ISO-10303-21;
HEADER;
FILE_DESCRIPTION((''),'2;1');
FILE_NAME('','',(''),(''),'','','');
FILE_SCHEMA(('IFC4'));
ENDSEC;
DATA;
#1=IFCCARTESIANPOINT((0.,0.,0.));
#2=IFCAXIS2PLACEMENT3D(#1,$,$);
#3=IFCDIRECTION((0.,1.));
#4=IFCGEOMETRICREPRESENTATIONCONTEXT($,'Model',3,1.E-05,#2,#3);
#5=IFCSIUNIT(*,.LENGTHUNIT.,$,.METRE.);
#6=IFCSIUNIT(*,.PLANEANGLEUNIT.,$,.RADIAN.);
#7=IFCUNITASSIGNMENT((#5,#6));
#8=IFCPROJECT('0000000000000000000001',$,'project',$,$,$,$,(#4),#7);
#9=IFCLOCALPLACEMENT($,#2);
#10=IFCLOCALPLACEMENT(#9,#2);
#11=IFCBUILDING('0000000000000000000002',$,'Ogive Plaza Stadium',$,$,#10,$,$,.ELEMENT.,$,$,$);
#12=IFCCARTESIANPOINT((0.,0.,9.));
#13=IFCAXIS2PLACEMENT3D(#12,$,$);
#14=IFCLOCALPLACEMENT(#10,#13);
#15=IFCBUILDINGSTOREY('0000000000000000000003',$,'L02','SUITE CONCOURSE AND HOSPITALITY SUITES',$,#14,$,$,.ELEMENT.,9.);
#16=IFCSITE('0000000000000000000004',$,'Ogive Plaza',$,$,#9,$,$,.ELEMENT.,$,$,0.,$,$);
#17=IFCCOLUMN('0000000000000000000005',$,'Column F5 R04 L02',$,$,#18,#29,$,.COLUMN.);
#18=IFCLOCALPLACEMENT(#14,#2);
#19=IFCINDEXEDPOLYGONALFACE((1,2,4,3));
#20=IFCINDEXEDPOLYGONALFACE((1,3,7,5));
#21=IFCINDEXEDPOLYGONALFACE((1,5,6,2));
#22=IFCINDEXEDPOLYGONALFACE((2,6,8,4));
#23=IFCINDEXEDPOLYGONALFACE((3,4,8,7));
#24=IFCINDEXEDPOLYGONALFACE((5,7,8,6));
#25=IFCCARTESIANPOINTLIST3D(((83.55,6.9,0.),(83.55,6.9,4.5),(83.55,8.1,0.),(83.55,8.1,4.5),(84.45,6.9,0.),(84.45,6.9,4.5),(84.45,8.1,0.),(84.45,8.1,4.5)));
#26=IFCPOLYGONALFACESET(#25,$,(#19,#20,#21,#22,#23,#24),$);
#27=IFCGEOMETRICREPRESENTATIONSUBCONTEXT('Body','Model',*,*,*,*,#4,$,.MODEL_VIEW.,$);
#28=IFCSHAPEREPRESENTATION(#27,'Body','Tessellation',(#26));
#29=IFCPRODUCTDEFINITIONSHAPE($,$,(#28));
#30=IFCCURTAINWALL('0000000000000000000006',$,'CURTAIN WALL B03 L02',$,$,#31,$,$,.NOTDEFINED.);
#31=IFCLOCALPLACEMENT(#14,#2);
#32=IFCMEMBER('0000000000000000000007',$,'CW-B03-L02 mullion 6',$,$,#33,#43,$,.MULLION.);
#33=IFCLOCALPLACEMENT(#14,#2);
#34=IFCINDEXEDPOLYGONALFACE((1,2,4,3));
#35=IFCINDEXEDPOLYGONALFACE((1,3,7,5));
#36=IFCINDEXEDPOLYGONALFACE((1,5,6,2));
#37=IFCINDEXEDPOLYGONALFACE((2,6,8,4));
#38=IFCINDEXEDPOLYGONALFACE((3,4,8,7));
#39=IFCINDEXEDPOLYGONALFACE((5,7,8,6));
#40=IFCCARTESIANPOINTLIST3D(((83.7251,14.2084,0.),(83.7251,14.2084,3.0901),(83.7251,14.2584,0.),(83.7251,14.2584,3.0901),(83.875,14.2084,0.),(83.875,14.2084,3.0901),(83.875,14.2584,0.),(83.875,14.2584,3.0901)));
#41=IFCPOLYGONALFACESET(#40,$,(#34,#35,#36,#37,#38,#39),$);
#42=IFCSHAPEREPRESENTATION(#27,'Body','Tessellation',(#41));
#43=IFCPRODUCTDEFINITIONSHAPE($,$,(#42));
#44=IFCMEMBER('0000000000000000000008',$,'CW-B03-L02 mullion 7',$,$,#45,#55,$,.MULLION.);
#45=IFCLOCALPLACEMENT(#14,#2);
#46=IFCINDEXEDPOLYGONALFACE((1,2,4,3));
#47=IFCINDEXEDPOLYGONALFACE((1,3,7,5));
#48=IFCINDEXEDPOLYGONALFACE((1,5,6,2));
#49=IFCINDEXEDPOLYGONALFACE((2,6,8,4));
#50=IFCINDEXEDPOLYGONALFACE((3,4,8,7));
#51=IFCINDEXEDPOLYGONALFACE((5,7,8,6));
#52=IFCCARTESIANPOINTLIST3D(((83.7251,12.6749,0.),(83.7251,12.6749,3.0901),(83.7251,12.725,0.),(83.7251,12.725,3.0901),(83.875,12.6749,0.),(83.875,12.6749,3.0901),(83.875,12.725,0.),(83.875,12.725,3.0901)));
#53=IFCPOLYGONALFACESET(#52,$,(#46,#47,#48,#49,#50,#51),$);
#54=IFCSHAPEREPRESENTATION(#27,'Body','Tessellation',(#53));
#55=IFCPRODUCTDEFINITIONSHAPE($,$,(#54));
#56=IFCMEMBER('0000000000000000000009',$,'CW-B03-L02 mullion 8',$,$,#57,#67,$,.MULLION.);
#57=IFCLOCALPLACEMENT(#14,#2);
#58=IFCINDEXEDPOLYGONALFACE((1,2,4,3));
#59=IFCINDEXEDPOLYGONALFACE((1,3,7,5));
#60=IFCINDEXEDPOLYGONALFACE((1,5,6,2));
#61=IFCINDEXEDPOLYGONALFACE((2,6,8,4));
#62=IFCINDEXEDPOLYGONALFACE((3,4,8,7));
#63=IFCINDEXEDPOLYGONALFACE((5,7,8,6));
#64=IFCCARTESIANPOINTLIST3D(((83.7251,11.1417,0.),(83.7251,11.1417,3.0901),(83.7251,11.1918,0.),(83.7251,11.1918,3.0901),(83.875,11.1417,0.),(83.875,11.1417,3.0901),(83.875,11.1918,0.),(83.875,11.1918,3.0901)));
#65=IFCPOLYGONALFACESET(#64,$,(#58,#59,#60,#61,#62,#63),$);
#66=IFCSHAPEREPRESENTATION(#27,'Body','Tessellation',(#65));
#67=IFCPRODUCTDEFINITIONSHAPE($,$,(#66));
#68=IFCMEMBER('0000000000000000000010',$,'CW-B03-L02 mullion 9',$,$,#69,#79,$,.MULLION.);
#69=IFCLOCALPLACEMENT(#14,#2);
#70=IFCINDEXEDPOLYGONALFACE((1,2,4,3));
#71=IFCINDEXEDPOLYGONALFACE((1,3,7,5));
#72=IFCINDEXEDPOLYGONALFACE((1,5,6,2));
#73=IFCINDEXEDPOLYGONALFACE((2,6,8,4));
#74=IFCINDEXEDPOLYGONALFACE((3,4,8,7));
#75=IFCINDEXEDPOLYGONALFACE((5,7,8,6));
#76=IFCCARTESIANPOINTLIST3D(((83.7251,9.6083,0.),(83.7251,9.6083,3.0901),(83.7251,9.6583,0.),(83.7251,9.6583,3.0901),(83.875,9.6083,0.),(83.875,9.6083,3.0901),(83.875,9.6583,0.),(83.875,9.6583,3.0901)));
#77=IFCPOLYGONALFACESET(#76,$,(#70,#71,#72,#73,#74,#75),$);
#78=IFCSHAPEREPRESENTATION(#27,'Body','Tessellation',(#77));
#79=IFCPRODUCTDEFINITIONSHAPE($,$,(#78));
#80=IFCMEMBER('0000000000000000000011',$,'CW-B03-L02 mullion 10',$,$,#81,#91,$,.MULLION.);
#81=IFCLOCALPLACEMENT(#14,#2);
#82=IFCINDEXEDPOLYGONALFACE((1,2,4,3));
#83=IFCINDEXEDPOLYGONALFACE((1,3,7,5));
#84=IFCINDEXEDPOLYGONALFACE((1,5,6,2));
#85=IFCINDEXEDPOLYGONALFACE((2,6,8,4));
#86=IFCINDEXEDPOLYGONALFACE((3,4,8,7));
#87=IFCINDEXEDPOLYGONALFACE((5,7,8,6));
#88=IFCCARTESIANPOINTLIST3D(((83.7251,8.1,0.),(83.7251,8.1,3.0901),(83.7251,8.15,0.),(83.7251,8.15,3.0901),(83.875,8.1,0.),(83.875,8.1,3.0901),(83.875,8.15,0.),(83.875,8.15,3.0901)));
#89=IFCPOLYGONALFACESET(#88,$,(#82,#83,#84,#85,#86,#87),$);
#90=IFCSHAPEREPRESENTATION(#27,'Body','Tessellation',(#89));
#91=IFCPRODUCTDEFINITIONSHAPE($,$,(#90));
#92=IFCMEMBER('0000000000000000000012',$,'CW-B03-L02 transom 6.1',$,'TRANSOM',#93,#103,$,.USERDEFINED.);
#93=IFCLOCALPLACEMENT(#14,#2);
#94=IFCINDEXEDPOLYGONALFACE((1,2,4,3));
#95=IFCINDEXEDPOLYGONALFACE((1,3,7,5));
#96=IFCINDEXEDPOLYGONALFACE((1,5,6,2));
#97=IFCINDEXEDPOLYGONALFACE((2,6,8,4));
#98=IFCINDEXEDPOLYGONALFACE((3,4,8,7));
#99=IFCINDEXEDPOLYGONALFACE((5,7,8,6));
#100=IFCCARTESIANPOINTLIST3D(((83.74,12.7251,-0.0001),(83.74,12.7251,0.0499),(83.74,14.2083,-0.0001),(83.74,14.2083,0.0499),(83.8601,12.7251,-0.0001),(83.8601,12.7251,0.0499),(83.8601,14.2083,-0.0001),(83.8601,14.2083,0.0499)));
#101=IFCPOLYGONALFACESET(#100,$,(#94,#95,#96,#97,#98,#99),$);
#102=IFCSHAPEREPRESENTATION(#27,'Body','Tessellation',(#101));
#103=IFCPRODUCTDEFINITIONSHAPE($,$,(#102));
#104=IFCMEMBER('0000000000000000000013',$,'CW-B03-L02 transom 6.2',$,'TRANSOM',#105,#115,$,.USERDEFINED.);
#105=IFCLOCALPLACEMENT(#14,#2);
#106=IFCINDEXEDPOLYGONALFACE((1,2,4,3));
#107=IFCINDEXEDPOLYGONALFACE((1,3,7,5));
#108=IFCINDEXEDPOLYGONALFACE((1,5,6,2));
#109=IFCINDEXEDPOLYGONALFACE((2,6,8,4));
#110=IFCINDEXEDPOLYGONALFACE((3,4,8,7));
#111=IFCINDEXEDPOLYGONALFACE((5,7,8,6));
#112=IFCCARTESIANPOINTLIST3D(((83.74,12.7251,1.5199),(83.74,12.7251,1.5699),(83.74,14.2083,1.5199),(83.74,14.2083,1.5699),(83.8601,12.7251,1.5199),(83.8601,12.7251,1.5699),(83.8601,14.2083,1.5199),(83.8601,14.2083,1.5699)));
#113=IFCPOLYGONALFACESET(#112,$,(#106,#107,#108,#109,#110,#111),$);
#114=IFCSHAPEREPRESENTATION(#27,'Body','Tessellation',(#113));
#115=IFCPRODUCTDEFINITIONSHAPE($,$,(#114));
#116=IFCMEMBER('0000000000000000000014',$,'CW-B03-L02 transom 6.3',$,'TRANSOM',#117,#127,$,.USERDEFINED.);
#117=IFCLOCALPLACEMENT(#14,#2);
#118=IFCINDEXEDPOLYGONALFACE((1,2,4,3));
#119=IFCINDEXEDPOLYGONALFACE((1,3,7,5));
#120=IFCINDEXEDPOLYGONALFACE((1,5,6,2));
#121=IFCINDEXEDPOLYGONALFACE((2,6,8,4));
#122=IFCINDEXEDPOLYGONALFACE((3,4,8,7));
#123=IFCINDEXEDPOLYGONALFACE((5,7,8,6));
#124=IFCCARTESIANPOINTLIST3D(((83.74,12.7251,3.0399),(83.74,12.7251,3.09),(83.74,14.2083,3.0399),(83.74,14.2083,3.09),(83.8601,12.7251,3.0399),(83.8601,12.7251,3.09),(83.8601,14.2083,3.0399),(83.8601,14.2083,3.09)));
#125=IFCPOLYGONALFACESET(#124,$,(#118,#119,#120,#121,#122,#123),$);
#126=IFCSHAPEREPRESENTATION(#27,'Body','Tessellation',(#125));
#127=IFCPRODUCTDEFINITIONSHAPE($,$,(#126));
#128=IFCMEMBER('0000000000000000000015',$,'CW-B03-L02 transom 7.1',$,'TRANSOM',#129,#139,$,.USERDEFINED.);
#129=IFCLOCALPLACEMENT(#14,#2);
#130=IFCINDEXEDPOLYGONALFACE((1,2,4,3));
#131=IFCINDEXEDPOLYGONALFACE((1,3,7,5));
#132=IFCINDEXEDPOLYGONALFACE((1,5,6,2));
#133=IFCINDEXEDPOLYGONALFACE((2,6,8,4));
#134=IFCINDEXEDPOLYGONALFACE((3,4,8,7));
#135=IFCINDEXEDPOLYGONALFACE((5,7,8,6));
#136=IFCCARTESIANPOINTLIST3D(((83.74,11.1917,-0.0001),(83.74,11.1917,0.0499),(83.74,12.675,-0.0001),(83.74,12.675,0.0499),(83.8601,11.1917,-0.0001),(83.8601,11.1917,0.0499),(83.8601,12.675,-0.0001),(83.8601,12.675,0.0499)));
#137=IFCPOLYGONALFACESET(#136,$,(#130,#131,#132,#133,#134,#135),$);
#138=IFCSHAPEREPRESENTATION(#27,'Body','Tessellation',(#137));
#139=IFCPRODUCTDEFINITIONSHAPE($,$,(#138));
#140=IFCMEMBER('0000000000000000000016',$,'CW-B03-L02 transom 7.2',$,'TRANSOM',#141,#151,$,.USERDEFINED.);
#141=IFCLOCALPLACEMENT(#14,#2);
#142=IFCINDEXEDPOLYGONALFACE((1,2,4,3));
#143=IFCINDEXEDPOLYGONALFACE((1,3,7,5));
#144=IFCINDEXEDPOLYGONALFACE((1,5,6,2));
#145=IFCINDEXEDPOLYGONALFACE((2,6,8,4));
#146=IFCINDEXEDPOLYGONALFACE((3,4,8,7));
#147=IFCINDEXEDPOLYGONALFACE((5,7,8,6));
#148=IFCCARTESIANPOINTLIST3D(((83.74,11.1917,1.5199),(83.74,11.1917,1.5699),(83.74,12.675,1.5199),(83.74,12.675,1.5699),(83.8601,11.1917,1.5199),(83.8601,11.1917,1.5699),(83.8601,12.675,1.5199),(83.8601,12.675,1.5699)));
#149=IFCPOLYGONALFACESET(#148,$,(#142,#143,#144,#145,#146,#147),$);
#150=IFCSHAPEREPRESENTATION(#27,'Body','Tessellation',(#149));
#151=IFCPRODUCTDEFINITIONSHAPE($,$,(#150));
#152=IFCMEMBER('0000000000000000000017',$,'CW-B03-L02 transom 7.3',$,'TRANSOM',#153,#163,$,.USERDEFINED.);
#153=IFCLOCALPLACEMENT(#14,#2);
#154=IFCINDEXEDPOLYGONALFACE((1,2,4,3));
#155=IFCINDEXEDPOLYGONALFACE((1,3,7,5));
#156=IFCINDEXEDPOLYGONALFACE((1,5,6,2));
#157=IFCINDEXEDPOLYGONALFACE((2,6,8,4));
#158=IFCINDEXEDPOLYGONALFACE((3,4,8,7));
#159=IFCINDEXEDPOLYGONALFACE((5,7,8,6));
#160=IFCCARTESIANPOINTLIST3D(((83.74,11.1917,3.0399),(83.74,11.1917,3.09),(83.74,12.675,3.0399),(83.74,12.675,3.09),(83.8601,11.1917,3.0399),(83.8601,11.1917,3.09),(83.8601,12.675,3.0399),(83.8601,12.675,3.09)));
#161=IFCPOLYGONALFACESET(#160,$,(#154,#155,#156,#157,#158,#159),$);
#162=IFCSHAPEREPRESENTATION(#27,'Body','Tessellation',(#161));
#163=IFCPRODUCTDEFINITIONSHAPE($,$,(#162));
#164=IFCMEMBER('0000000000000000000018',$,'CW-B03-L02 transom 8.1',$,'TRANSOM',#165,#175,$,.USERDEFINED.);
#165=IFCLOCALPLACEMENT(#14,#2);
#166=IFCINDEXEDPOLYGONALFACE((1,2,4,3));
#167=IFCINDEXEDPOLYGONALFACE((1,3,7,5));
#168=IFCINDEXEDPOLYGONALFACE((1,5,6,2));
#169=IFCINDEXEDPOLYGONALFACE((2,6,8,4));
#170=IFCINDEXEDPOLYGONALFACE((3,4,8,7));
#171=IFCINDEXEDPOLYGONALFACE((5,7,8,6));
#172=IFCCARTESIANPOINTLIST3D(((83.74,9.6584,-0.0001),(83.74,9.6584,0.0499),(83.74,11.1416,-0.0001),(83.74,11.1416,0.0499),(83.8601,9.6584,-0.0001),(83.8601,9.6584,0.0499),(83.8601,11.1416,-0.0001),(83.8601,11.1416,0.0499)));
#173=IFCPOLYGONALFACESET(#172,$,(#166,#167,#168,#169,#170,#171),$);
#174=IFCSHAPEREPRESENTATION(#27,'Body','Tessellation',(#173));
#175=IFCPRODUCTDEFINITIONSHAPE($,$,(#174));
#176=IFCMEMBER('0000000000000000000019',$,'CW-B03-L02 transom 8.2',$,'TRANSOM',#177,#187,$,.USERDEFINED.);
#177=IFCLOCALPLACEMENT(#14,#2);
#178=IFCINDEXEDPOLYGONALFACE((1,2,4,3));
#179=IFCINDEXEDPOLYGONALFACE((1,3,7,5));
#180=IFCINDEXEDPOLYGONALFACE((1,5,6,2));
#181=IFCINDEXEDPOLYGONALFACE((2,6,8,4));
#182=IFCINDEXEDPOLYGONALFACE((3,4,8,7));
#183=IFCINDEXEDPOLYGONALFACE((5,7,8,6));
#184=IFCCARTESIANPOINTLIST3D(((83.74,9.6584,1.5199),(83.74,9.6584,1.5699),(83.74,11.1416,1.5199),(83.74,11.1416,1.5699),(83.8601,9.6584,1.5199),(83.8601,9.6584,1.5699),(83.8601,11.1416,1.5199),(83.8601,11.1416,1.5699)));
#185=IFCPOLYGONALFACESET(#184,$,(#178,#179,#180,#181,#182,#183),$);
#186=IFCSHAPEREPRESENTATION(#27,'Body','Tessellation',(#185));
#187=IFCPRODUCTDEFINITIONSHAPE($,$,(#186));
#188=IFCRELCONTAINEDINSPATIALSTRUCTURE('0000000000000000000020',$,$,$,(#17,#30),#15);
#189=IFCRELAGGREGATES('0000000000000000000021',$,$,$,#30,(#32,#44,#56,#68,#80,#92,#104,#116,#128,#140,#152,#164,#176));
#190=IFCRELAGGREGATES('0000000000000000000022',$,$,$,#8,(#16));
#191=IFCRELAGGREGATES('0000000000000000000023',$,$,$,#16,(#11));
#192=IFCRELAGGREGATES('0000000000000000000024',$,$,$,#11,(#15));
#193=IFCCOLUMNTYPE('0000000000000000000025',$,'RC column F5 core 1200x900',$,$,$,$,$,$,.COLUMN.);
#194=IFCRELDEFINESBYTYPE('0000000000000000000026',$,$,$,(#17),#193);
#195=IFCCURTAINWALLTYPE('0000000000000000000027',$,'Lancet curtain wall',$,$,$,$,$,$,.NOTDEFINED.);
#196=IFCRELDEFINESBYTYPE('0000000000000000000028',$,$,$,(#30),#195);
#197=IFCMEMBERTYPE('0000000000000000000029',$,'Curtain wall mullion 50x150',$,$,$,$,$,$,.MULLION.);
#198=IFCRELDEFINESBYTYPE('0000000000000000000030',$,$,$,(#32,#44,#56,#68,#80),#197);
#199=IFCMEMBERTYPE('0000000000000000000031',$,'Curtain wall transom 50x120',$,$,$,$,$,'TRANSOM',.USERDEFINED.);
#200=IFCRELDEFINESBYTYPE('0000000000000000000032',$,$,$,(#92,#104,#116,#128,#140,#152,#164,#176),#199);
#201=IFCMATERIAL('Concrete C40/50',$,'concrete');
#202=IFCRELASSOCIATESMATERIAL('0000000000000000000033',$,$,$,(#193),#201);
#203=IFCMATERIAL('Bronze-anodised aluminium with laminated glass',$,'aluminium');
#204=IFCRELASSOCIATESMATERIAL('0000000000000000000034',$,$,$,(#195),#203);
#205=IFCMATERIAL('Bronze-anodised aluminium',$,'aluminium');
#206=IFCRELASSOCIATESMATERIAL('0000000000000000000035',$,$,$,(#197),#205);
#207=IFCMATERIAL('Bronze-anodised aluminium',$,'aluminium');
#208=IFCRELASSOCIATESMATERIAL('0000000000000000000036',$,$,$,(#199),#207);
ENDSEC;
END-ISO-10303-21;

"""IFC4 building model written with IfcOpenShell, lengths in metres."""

from ifc_helpers import new_model, si_unit, direction, frame, origin, origin_2d, place, context, subcontext, project, spatial, rectangle, extrude, material, material_profile, profile_set, type_object, element, aggregate, save


model = new_model("IFC4")

# Units and contexts
model_context = context("Model", 3, precision=1e-05, world=origin(), true_north=direction((0.0, 1.0)))
body_context = subcontext(model_context, "Body", "Model", "MODEL_VIEW")
ifc_project = project(units=[si_unit("LENGTHUNIT", "METRE"), si_unit("PLANEANGLEUNIT", "RADIAN")], contexts=[model_context])

# Site, building, storey
site_placement = place(None, origin())
site = spatial("IfcSite", under=ifc_project, at=site_placement, Name="Ogive Plaza", CompositionType="ELEMENT", RefElevation=0.0)
building_placement = place(site_placement, origin())
building = spatial("IfcBuilding", under=site, at=building_placement, Name="Ogive Plaza Stadium", CompositionType="ELEMENT")
storey_placement = place(building_placement, frame((0.0, 0.0, 9.0)))
storey = spatial("IfcBuildingStorey", under=building, at=storey_placement, Name="L02", Description="SUITE CONCOURSE AND HOSPITALITY SUITES", CompositionType="ELEMENT", Elevation=9.0)

# Column
ifc_material_1 = material(Name="Concrete C40/50", Category="concrete")
ifc_material_profile_1 = material_profile(ifc_material_1, rectangle(XDim=1.2, YDim=0.8999, at=origin_2d()), Name="RC 1200x900")
ifc_profile_set_1 = profile_set([ifc_material_profile_1], Name="Concrete C40/50")
column_type = type_object("IfcColumnType", Name="RC column F5 core 1200x900", PredefinedType="COLUMN", material=ifc_profile_set_1)
column_placement = place(storey_placement, frame((84.0, 7.5, 0.0), z_axis=(0.0, 0.0, 1.0), x_axis=(0.0, 1.0, 0.0)))
element("IfcColumn", 1, at=column_placement, inside=storey, type_object=column_type, Name="Column F5 R04 L02", PredefinedType="COLUMN", context=body_context, shape_type="SweptSolid", body=[
    extrude(rectangle(XDim=1.2, YDim=0.8999, at=origin_2d()), origin(), (0.0, 0.0, 1.0), 4.5),
])

# Curtain wall, members
ifc_material_2 = material(Name="Bronze-anodised aluminium with laminated glass", Category="aluminium")
curtain_wall_type = type_object("IfcCurtainWallType", Name="Lancet curtain wall", PredefinedType="NOTDEFINED", material=ifc_material_2)
curtain_wall_placement = place(storey_placement, origin())
curtain_wall = element("IfcCurtainWall", 2, at=curtain_wall_placement, inside=storey, type_object=curtain_wall_type, Name="CURTAIN WALL B03 L02", PredefinedType="NOTDEFINED")
ifc_material_3 = material(Name="Bronze-anodised aluminium", Category="aluminium")
ifc_material_profile_2 = material_profile(ifc_material_3, rectangle(XDim=0.1499, YDim=0.05, at=origin_2d()), Name="AL 150x50")
ifc_profile_set_2 = profile_set([ifc_material_profile_2], Name="Bronze-anodised aluminium")
member_type_1 = type_object("IfcMemberType", Name="Curtain wall mullion 50x150", PredefinedType="MULLION", material=ifc_profile_set_2)
member_1_placement = place(storey_placement, frame((83.8, 14.2334, 0.0), z_axis=(0.0, 0.0, 1.0), x_axis=(1.0, 0.0, 0.0)))
member_1 = element("IfcMember", 3, at=member_1_placement, type_object=member_type_1, Name="CW-B03-L02 mullion 6", PredefinedType="MULLION", context=body_context, shape_type="SweptSolid", body=[
    extrude(rectangle(XDim=0.1499, YDim=0.05, at=origin_2d()), origin(), (0.0, 0.0, 1.0), 3.0901),
])
member_2_placement = place(storey_placement, frame((83.8, 12.7, 0.0), z_axis=(0.0, 0.0, 1.0), x_axis=(1.0, 0.0, 0.0)))
member_2 = element("IfcMember", 4, at=member_2_placement, type_object=member_type_1, Name="CW-B03-L02 mullion 7", PredefinedType="MULLION", context=body_context, shape_type="SweptSolid", body=[
    extrude(rectangle(XDim=0.1499, YDim=0.05, at=origin_2d()), origin(), (0.0, 0.0, 1.0), 3.0901),
])
member_3_placement = place(storey_placement, frame((83.8, 11.1667, 0.0), z_axis=(0.0, 0.0, 1.0), x_axis=(1.0, 0.0, 0.0)))
member_3 = element("IfcMember", 5, at=member_3_placement, type_object=member_type_1, Name="CW-B03-L02 mullion 8", PredefinedType="MULLION", context=body_context, shape_type="SweptSolid", body=[
    extrude(rectangle(XDim=0.1499, YDim=0.05, at=origin_2d()), origin(), (0.0, 0.0, 1.0), 3.0901),
])
member_4_placement = place(storey_placement, frame((83.8, 9.6333, 0.0), z_axis=(0.0, 0.0, 1.0), x_axis=(1.0, 0.0, 0.0)))
member_4 = element("IfcMember", 6, at=member_4_placement, type_object=member_type_1, Name="CW-B03-L02 mullion 9", PredefinedType="MULLION", context=body_context, shape_type="SweptSolid", body=[
    extrude(rectangle(XDim=0.1499, YDim=0.05, at=origin_2d()), origin(), (0.0, 0.0, 1.0), 3.0901),
])
member_5_placement = place(storey_placement, frame((83.8, 8.125, 0.0), z_axis=(0.0, 0.0, 1.0), x_axis=(1.0, 0.0, 0.0)))
member_5 = element("IfcMember", 7, at=member_5_placement, type_object=member_type_1, Name="CW-B03-L02 mullion 10", PredefinedType="MULLION", context=body_context, shape_type="SweptSolid", body=[
    extrude(rectangle(XDim=0.1499, YDim=0.05, at=origin_2d()), origin(), (0.0, 0.0, 1.0), 3.0901),
])
ifc_material_4 = material(Name="Bronze-anodised aluminium", Category="aluminium")
ifc_material_profile_3 = material_profile(ifc_material_4, rectangle(XDim=0.1201, YDim=0.05, at=origin_2d()), Name="AL 120x50")
ifc_profile_set_3 = profile_set([ifc_material_profile_3], Name="Bronze-anodised aluminium")
member_type_2 = type_object("IfcMemberType", Name="Curtain wall transom 50x120", ElementType="TRANSOM", PredefinedType="USERDEFINED", material=ifc_profile_set_3)
member_6_placement = place(storey_placement, frame((83.8, 14.2083, 0.0249), z_axis=(0.0, -1.0, 0.0), x_axis=(1.0, 0.0, 0.0)))
member_6 = element("IfcMember", 8, at=member_6_placement, type_object=member_type_2, Name="CW-B03-L02 transom 6.1", ObjectType="TRANSOM", PredefinedType="USERDEFINED", context=body_context, shape_type="SweptSolid", body=[
    extrude(rectangle(XDim=0.1201, YDim=0.05, at=origin_2d()), origin(), (0.0, 0.0, 1.0), 1.4832),
])
member_7_placement = place(storey_placement, frame((83.8, 14.2083, 1.5449), z_axis=(0.0, -1.0, 0.0), x_axis=(1.0, 0.0, 0.0)))
member_7 = element("IfcMember", 9, at=member_7_placement, type_object=member_type_2, Name="CW-B03-L02 transom 6.2", ObjectType="TRANSOM", PredefinedType="USERDEFINED", context=body_context, shape_type="SweptSolid", body=[
    extrude(rectangle(XDim=0.1201, YDim=0.05, at=origin_2d()), origin(), (0.0, 0.0, 1.0), 1.4832),
])
member_8_placement = place(storey_placement, frame((83.8, 14.2083, 3.0649), z_axis=(0.0, -1.0, 0.0), x_axis=(1.0, 0.0, 0.0)))
member_8 = element("IfcMember", 10, at=member_8_placement, type_object=member_type_2, Name="CW-B03-L02 transom 6.3", ObjectType="TRANSOM", PredefinedType="USERDEFINED", context=body_context, shape_type="SweptSolid", body=[
    extrude(rectangle(XDim=0.1201, YDim=0.05, at=origin_2d()), origin(), (0.0, 0.0, 1.0), 1.4832),
])
member_9_placement = place(storey_placement, frame((83.8, 12.675, 0.0249), z_axis=(0.0, -1.0, 0.0), x_axis=(1.0, 0.0, 0.0)))
member_9 = element("IfcMember", 11, at=member_9_placement, type_object=member_type_2, Name="CW-B03-L02 transom 7.1", ObjectType="TRANSOM", PredefinedType="USERDEFINED", context=body_context, shape_type="SweptSolid", body=[
    extrude(rectangle(XDim=0.1201, YDim=0.05, at=origin_2d()), origin(), (0.0, 0.0, 1.0), 1.4834),
])
member_10_placement = place(storey_placement, frame((83.8, 12.675, 1.5449), z_axis=(0.0, -1.0, 0.0), x_axis=(1.0, 0.0, 0.0)))
member_10 = element("IfcMember", 12, at=member_10_placement, type_object=member_type_2, Name="CW-B03-L02 transom 7.2", ObjectType="TRANSOM", PredefinedType="USERDEFINED", context=body_context, shape_type="SweptSolid", body=[
    extrude(rectangle(XDim=0.1201, YDim=0.05, at=origin_2d()), origin(), (0.0, 0.0, 1.0), 1.4834),
])
member_11_placement = place(storey_placement, frame((83.8, 12.675, 3.0649), z_axis=(0.0, -1.0, 0.0), x_axis=(1.0, 0.0, 0.0)))
member_11 = element("IfcMember", 13, at=member_11_placement, type_object=member_type_2, Name="CW-B03-L02 transom 7.3", ObjectType="TRANSOM", PredefinedType="USERDEFINED", context=body_context, shape_type="SweptSolid", body=[
    extrude(rectangle(XDim=0.1201, YDim=0.05, at=origin_2d()), origin(), (0.0, 0.0, 1.0), 1.4834),
])
member_12_placement = place(storey_placement, frame((83.8, 11.1416, 0.0249), z_axis=(0.0, -1.0, 0.0), x_axis=(1.0, 0.0, 0.0)))
member_12 = element("IfcMember", 14, at=member_12_placement, type_object=member_type_2, Name="CW-B03-L02 transom 8.1", ObjectType="TRANSOM", PredefinedType="USERDEFINED", context=body_context, shape_type="SweptSolid", body=[
    extrude(rectangle(XDim=0.1201, YDim=0.05, at=origin_2d()), origin(), (0.0, 0.0, 1.0), 1.4832),
])
member_13_placement = place(storey_placement, frame((83.8, 11.1416, 1.5449), z_axis=(0.0, -1.0, 0.0), x_axis=(1.0, 0.0, 0.0)))
member_13 = element("IfcMember", 15, at=member_13_placement, type_object=member_type_2, Name="CW-B03-L02 transom 8.2", ObjectType="TRANSOM", PredefinedType="USERDEFINED", context=body_context, shape_type="SweptSolid", body=[
    extrude(rectangle(XDim=0.1201, YDim=0.05, at=origin_2d()), origin(), (0.0, 0.0, 1.0), 1.4832),
])

aggregate(curtain_wall, [member_1, member_2, member_3, member_4, member_5, member_6, member_7, member_8, member_9, member_10, member_11, member_12, member_13])

save(model, "model.ifc")
